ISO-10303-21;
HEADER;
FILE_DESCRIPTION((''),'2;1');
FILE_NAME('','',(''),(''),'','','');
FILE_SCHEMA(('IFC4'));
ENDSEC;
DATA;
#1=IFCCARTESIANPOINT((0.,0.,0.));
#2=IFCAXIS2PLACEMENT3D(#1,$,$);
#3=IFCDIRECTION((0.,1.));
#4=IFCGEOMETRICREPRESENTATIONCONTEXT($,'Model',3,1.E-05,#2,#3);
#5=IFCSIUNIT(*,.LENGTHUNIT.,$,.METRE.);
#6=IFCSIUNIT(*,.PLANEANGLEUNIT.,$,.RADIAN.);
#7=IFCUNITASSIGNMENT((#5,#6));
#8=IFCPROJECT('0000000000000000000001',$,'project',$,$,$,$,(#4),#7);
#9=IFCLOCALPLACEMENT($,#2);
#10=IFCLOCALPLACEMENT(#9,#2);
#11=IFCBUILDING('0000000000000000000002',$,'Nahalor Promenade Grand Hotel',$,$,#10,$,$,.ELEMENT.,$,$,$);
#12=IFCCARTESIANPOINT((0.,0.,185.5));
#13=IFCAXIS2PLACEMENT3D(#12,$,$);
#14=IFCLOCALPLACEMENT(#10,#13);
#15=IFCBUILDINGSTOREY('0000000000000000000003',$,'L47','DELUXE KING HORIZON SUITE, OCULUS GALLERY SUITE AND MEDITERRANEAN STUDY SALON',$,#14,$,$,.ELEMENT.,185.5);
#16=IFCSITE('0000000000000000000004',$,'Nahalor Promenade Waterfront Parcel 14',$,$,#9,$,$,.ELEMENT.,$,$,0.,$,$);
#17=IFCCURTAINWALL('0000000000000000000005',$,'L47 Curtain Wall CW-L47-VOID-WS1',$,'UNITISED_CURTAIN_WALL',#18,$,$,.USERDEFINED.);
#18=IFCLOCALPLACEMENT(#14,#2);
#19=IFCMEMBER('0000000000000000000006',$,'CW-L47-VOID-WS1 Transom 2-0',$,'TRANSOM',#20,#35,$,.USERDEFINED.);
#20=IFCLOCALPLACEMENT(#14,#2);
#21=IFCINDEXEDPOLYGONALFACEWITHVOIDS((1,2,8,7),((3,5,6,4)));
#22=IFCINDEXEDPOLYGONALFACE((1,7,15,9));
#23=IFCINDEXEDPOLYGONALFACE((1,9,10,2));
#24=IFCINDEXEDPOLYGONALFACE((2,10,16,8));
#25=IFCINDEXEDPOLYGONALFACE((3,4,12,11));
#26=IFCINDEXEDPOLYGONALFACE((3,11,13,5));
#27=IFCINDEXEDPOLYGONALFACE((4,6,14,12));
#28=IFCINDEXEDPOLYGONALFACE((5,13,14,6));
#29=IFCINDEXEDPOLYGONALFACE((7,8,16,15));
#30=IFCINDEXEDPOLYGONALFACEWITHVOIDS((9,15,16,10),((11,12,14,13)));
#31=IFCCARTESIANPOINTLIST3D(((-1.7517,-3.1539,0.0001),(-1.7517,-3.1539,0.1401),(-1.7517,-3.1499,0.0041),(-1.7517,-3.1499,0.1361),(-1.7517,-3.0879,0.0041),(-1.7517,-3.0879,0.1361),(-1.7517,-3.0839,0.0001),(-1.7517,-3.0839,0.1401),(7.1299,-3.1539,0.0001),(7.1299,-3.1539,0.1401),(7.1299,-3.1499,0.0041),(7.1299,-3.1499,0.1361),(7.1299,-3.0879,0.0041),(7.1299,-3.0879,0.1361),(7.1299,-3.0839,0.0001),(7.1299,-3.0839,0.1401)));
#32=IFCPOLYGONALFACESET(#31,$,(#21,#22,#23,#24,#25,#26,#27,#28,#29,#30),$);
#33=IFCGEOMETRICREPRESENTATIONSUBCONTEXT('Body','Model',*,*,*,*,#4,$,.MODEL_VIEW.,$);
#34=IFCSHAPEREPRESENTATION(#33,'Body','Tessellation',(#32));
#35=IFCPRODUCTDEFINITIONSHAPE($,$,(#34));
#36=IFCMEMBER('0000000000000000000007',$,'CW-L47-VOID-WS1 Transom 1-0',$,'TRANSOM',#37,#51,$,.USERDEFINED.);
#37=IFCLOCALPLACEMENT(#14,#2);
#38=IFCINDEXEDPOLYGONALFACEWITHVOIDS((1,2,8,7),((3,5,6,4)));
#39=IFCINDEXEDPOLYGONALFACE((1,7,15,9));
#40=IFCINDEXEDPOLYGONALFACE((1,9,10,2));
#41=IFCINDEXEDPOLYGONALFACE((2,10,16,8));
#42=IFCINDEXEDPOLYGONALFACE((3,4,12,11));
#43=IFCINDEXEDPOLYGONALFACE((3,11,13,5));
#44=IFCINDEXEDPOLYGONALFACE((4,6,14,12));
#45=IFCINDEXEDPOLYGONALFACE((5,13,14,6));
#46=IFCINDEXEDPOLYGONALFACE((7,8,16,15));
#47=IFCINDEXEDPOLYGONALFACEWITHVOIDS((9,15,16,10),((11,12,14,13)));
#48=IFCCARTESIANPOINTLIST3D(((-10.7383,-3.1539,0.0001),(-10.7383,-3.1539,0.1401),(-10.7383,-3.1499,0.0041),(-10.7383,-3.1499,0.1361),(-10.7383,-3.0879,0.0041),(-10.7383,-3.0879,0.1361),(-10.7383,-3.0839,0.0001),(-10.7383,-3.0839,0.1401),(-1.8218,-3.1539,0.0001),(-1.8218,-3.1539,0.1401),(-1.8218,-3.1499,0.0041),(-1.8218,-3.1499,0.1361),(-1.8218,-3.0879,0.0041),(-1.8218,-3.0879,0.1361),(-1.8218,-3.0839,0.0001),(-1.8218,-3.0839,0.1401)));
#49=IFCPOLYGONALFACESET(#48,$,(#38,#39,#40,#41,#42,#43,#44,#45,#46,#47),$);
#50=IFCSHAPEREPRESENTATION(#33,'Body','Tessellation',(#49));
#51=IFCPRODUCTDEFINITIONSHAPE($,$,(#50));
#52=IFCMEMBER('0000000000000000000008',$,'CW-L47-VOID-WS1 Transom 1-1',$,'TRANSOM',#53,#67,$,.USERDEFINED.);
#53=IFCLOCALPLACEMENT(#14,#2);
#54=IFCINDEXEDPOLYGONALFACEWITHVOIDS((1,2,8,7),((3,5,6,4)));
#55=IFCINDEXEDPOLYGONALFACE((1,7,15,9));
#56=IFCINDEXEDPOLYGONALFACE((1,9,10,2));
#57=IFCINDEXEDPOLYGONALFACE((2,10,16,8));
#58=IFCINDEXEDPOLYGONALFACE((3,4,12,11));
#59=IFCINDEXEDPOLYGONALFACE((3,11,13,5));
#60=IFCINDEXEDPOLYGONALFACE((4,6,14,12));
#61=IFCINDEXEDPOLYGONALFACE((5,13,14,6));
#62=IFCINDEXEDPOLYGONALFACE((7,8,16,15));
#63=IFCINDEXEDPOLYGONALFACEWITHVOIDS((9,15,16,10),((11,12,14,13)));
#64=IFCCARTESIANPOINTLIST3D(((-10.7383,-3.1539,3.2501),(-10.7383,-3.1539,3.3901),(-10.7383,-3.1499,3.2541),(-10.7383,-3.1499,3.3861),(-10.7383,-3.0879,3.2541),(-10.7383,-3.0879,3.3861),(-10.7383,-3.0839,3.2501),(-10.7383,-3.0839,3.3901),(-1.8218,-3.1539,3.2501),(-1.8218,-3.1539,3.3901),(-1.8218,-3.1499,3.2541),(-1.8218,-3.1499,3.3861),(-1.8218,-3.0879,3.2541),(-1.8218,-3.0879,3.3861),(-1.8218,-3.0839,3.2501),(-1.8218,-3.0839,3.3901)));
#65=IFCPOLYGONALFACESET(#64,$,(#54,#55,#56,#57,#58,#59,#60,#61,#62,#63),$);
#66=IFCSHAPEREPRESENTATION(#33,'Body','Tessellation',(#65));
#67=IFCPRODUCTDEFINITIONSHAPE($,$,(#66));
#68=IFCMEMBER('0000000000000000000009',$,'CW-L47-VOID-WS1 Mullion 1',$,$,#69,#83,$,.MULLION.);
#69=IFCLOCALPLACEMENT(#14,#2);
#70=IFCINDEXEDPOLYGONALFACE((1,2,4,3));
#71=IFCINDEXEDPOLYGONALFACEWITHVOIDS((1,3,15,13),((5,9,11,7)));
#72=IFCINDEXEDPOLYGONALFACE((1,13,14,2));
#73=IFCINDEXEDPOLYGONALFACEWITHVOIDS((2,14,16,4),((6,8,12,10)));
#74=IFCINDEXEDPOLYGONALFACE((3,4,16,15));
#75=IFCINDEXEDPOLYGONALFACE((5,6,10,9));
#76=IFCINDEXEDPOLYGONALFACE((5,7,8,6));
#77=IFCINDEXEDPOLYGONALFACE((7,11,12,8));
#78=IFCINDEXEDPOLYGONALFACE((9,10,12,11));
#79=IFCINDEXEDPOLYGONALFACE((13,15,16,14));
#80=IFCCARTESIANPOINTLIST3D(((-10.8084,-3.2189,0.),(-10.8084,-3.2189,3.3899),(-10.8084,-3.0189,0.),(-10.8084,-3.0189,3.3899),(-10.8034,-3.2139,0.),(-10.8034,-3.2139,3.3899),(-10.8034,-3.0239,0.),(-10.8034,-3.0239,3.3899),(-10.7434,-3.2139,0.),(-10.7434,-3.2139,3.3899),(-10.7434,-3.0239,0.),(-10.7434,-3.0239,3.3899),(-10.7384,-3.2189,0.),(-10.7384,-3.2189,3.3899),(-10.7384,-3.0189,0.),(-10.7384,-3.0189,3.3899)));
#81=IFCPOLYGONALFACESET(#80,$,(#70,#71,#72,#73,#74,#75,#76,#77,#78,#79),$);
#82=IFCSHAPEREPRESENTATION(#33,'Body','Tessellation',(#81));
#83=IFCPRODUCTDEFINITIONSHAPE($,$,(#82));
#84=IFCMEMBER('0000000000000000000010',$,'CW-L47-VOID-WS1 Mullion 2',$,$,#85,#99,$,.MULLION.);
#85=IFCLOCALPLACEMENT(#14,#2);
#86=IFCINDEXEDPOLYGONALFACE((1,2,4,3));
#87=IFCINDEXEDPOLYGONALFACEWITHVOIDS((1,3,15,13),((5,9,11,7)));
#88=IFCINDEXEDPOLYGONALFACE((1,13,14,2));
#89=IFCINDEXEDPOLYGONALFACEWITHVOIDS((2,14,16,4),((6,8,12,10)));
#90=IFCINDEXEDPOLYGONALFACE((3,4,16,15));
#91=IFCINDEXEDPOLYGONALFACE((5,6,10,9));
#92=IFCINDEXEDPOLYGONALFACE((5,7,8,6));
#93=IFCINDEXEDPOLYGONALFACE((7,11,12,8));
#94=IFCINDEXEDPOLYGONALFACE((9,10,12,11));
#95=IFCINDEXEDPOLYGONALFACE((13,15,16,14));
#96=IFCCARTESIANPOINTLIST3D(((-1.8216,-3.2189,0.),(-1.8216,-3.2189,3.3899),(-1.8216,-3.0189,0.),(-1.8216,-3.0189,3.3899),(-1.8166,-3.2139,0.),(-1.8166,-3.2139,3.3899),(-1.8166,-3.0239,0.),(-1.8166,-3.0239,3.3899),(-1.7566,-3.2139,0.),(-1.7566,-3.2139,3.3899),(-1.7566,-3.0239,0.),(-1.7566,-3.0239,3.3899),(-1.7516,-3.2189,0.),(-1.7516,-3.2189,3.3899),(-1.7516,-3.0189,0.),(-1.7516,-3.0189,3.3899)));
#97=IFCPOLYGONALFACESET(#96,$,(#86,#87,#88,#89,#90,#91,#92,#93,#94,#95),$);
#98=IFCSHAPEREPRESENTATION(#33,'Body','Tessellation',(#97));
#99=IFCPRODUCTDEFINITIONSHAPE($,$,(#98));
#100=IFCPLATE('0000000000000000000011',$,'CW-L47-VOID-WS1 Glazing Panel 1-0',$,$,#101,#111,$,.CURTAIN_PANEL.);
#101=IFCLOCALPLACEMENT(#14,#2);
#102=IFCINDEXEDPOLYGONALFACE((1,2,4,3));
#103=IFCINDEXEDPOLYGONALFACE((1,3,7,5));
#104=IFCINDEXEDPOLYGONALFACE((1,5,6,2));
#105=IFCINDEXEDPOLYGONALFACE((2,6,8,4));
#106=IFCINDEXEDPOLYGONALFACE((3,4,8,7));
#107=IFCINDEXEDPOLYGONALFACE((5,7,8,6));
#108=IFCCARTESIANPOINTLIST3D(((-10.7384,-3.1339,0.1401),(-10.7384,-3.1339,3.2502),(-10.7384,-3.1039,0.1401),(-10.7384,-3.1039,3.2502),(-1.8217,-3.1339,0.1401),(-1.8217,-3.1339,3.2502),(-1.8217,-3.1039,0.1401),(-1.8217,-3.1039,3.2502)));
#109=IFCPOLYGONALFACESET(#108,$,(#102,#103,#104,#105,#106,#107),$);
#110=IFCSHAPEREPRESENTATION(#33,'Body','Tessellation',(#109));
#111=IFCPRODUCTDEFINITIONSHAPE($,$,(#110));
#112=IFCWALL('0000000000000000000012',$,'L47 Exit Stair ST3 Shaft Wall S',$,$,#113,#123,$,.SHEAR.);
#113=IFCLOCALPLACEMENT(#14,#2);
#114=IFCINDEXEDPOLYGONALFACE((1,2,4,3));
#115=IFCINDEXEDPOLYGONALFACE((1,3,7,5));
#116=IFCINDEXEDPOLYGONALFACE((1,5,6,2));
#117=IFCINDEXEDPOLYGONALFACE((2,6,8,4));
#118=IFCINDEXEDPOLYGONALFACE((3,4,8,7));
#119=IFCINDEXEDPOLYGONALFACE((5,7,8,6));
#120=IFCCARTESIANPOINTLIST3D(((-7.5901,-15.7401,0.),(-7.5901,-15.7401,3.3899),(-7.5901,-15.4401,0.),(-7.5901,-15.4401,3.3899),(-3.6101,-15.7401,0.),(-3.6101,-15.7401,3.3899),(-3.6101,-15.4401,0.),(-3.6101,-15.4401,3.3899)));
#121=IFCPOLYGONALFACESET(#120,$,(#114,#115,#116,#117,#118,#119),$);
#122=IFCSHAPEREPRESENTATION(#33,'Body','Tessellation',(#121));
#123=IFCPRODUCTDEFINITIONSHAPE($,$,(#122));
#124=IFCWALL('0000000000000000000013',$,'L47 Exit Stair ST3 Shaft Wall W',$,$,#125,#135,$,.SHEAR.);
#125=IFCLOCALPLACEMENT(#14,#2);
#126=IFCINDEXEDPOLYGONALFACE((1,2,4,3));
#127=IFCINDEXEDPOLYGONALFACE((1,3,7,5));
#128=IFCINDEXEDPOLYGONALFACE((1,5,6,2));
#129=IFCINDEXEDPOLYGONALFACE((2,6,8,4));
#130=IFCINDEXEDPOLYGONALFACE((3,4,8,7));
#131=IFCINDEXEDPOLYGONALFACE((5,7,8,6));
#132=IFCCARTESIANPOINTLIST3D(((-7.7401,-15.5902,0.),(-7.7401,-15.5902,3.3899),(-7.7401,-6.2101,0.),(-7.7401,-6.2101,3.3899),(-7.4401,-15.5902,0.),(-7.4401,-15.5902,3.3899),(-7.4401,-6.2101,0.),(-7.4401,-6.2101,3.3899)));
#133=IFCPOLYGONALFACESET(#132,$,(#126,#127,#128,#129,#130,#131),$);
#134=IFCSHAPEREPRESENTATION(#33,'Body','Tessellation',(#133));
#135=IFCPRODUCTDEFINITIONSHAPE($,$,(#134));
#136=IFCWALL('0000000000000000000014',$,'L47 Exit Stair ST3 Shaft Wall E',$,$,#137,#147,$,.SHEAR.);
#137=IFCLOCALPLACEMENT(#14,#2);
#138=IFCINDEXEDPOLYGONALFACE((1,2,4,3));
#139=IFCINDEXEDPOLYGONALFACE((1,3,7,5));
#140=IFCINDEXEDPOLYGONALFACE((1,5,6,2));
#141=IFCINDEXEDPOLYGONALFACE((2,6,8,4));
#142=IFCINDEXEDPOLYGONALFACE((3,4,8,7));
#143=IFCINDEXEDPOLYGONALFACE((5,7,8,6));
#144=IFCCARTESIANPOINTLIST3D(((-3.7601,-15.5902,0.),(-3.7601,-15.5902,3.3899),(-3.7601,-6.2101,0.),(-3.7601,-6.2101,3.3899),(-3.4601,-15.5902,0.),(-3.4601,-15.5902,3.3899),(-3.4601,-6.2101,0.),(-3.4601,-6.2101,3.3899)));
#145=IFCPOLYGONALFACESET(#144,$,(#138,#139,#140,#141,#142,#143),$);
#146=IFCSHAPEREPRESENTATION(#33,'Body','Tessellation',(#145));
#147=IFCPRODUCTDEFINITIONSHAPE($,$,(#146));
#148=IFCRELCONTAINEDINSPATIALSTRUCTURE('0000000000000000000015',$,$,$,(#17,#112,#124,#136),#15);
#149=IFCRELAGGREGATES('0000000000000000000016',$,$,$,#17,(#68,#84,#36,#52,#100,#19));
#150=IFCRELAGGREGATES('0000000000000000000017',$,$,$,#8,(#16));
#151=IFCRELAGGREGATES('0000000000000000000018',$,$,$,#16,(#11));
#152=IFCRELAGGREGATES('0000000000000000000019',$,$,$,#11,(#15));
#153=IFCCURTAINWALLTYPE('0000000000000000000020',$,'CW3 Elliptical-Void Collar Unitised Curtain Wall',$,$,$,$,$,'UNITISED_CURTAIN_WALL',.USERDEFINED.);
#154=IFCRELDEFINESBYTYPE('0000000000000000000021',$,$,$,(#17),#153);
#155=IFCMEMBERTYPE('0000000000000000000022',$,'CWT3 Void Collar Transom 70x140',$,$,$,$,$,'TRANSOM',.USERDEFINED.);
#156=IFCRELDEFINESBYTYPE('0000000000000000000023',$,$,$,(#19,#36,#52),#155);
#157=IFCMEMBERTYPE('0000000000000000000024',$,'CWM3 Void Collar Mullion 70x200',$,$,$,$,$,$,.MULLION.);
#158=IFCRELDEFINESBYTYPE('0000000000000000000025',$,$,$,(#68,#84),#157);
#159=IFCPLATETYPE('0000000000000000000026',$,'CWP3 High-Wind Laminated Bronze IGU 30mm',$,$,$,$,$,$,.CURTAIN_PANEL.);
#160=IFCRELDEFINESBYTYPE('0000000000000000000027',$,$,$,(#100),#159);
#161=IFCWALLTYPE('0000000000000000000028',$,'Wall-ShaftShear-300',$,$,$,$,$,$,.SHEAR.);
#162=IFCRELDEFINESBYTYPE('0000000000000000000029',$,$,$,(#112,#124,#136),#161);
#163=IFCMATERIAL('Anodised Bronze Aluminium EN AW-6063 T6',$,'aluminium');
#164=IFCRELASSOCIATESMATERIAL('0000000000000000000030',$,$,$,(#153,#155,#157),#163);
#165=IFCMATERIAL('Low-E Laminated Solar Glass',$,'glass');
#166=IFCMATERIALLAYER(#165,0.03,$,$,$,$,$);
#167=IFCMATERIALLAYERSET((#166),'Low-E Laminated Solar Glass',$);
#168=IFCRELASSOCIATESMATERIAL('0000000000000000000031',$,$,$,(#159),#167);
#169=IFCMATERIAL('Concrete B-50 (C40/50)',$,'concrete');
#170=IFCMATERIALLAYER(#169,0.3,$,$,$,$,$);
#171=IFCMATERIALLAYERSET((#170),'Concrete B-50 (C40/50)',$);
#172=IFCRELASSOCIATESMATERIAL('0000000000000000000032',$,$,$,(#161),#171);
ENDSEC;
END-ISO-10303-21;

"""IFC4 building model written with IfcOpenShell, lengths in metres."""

from ifc_helpers import new_model, si_unit, direction, frame, frame_2d, origin, origin_2d, place, context, subcontext, project, spatial, rectangle, hollow_rectangle, extrude, source, transform, mapped, material, layer, layer_set, material_profile, profile_set, type_object, element, aggregate, save


model = new_model("IFC4")

# Units and contexts
model_context = context("Model", 3, precision=1e-05, world=origin(), true_north=direction((0.0, 1.0)))
body_context = subcontext(model_context, "Body", "Model", "MODEL_VIEW")
ifc_project = project(units=[si_unit("LENGTHUNIT", "METRE"), si_unit("PLANEANGLEUNIT", "RADIAN")], contexts=[model_context])

# Site, building, storey
site_placement = place(None, origin())
site = spatial("IfcSite", under=ifc_project, at=site_placement, Name="Nahalor Promenade Waterfront Parcel 14", CompositionType="ELEMENT", RefElevation=0.0)
building_placement = place(site_placement, origin())
building = spatial("IfcBuilding", under=site, at=building_placement, Name="Nahalor Promenade Grand Hotel", CompositionType="ELEMENT")
storey_placement = place(building_placement, frame((0.0, 0.0, 185.5)))
storey = spatial("IfcBuildingStorey", under=building, at=storey_placement, Name="L47", Description="DELUXE KING HORIZON SUITE, OCULUS GALLERY SUITE AND MEDITERRANEAN STUDY SALON", CompositionType="ELEMENT", Elevation=185.5)

# Curtain wall, members, plate
ifc_material_1 = material(Name="Anodised Bronze Aluminium EN AW-6063 T6", Category="aluminium")
curtain_wall_type = type_object("IfcCurtainWallType", Name="CW3 Elliptical-Void Collar Unitised Curtain Wall", ElementType="UNITISED_CURTAIN_WALL", PredefinedType="USERDEFINED", material=ifc_material_1)
curtain_wall_placement = place(storey_placement, origin())
curtain_wall = element("IfcCurtainWall", 1, at=curtain_wall_placement, inside=storey, type_object=curtain_wall_type, Name="L47 Curtain Wall CW-L47-VOID-WS1", ObjectType="UNITISED_CURTAIN_WALL", PredefinedType="USERDEFINED")
ifc_material_profile_1 = material_profile(ifc_material_1, hollow_rectangle(XDim=0.07, YDim=0.14, WallThickness=0.004, at=origin_2d()), Name="CWT 70x140x4")
ifc_profile_set_1 = profile_set([ifc_material_profile_1], Name="Anodised Bronze Aluminium EN AW-6063 T6")
member_type_1 = type_object("IfcMemberType", Name="CWT3 Void Collar Transom 70x140", ElementType="TRANSOM", PredefinedType="USERDEFINED", material=ifc_profile_set_1)
shared_shape_1 = source(origin(), body_context, "Body", "SweptSolid", [
    extrude(hollow_rectangle(XDim=0.07, YDim=0.14, WallThickness=0.004, at=origin_2d()), origin(), (0.0, 0.0, 1.0), 8.8816),
])
member_1_placement = place(storey_placement, frame((-1.7517, -3.1189, 0.0701), z_axis=(1.0, 0.0, 0.0), x_axis=(0.0, 1.0, 0.0)))
member_1 = element("IfcMember", 2, at=member_1_placement, type_object=member_type_1, Name="CW-L47-VOID-WS1 Transom 2-0", ObjectType="TRANSOM", PredefinedType="USERDEFINED", context=body_context, shape_type="MappedRepresentation", body=[
    mapped(shared_shape_1, transform((0.0, 0.0, 0.0), scale=1.0)),
])
shared_shape_2 = source(origin(), body_context, "Body", "SweptSolid", [
    extrude(hollow_rectangle(XDim=0.07, YDim=0.14, WallThickness=0.004, at=origin_2d()), origin(), (0.0, 0.0, 1.0), 8.9165),
])
member_2_placement = place(storey_placement, frame((-10.7383, -3.1189, 0.0701), z_axis=(1.0, 0.0, 0.0), x_axis=(0.0, 1.0, 0.0)))
member_2 = element("IfcMember", 3, at=member_2_placement, type_object=member_type_1, Name="CW-L47-VOID-WS1 Transom 1-0", ObjectType="TRANSOM", PredefinedType="USERDEFINED", context=body_context, shape_type="MappedRepresentation", body=[
    mapped(shared_shape_2, transform((0.0, 0.0, 0.0), scale=1.0)),
])
member_3_placement = place(storey_placement, frame((-10.7383, -3.1189, 3.3201), z_axis=(1.0, 0.0, 0.0), x_axis=(0.0, 1.0, 0.0)))
member_3 = element("IfcMember", 4, at=member_3_placement, type_object=member_type_1, Name="CW-L47-VOID-WS1 Transom 1-1", ObjectType="TRANSOM", PredefinedType="USERDEFINED", context=body_context, shape_type="MappedRepresentation", body=[
    mapped(shared_shape_2, transform((0.0, 0.0, 0.0), scale=1.0)),
])
ifc_material_profile_2 = material_profile(ifc_material_1, hollow_rectangle(XDim=0.07, YDim=0.2, WallThickness=0.005, at=origin_2d()), Name="CWM 70x200x5")
ifc_profile_set_2 = profile_set([ifc_material_profile_2], Name="Anodised Bronze Aluminium EN AW-6063 T6")
member_type_2 = type_object("IfcMemberType", Name="CWM3 Void Collar Mullion 70x200", PredefinedType="MULLION", material=ifc_profile_set_2)
shared_shape_3 = source(origin(), body_context, "Body", "SweptSolid", [
    extrude(hollow_rectangle(XDim=0.07, YDim=0.2, WallThickness=0.005, at=origin_2d()), origin(), (0.0, 0.0, 1.0), 3.3899),
])
member_4_placement = place(storey_placement, frame((-10.7734, -3.1189, 0.0), z_axis=(0.0, 0.0, 1.0), x_axis=(1.0, 0.0, 0.0)))
member_4 = element("IfcMember", 5, at=member_4_placement, type_object=member_type_2, Name="CW-L47-VOID-WS1 Mullion 1", PredefinedType="MULLION", context=body_context, shape_type="MappedRepresentation", body=[
    mapped(shared_shape_3, transform((0.0, 0.0, 0.0), scale=1.0)),
])
member_5_placement = place(storey_placement, frame((-1.7866, -3.1189, 0.0), z_axis=(0.0, 0.0, 1.0), x_axis=(1.0, 0.0, 0.0)))
member_5 = element("IfcMember", 6, at=member_5_placement, type_object=member_type_2, Name="CW-L47-VOID-WS1 Mullion 2", PredefinedType="MULLION", context=body_context, shape_type="MappedRepresentation", body=[
    mapped(shared_shape_3, transform((0.0, 0.0, 0.0), scale=1.0)),
])
ifc_material_2 = material(Name="Low-E Laminated Solar Glass", Category="glass")
ifc_layer_1 = layer(ifc_material_2, 0.03)
ifc_layer_set_1 = layer_set([ifc_layer_1], Name="Low-E Laminated Solar Glass")
plate_type = type_object("IfcPlateType", Name="CWP3 High-Wind Laminated Bronze IGU 30mm", PredefinedType="CURTAIN_PANEL", material=ifc_layer_set_1)
shared_shape_4 = source(origin(), body_context, "Body", "SweptSolid", [
    extrude(rectangle(XDim=8.9167, YDim=0.03, at=origin_2d()), origin(), (0.0, 0.0, 1.0), 3.1101),
])
plate_placement = place(storey_placement, frame((-6.28, -3.1189, 0.1401), z_axis=(0.0, 0.0, 1.0), x_axis=(1.0, 0.0, 0.0)))
plate = element("IfcPlate", 7, at=plate_placement, type_object=plate_type, Name="CW-L47-VOID-WS1 Glazing Panel 1-0", PredefinedType="CURTAIN_PANEL", context=body_context, shape_type="MappedRepresentation", body=[
    mapped(shared_shape_4, transform((0.0, 0.0, 0.0), scale=1.0)),
])
aggregate(curtain_wall, [member_4, member_5, member_2, member_3, plate, member_1])

# Wall
ifc_material_3 = material(Name="Concrete B-50 (C40/50)", Category="concrete")
ifc_layer_2 = layer(ifc_material_3, 0.3)
ifc_layer_set_2 = layer_set([ifc_layer_2], Name="Concrete B-50 (C40/50)")
wall_type_1 = type_object("IfcWallType", Name="Wall-ShaftShear-300", PredefinedType="SHEAR", material=ifc_layer_set_2)
shared_shape_5 = source(origin(), body_context, "Body", "SweptSolid", [
    extrude(rectangle(XDim=3.98, YDim=0.3, at=frame_2d((1.99, 0.0))), origin(), (0.0, 0.0, 1.0), 3.3899),
])
wall_1_placement = place(storey_placement, frame((-7.5901, -15.5901, 0.0), z_axis=(0.0, 0.0, 1.0), x_axis=(1.0, 0.0, 0.0)))
element("IfcWall", 8, at=wall_1_placement, inside=storey, type_object=wall_type_1, Name="L47 Exit Stair ST3 Shaft Wall S", PredefinedType="SHEAR", context=body_context, shape_type="MappedRepresentation", body=[
    mapped(shared_shape_5, transform((0.0, 0.0, 0.0), scale=1.0)),
])

# Walls
shared_shape_6 = source(origin(), body_context, "Body", "SweptSolid", [
    extrude(rectangle(XDim=9.3801, YDim=0.3, at=frame_2d((4.6899, 0.0))), origin(), (0.0, 0.0, 1.0), 3.3899),
])
for number, where, z_axis, x_axis, name in (
    (9, (-7.5901, -15.5901, 0.0), (0.0, 0.0, 1.0), (0.0, 1.0, 0.0), "L47 Exit Stair ST3 Shaft Wall W"),
    (10, (-3.6101, -15.5901, 0.0), (0.0, 0.0, 1.0), (0.0, 1.0, 0.0), "L47 Exit Stair ST3 Shaft Wall E"),
):
    element("IfcWall", number, at=place(storey_placement, frame(where, z_axis=z_axis, x_axis=x_axis)), inside=storey, type_object=wall_type_1, Name=name, PredefinedType="SHEAR", context=body_context, shape_type="MappedRepresentation", body=[
        mapped(shared_shape_6, transform((0.0, 0.0, 0.0), scale=1.0)),
    ])

save(model, "model.ifc")
